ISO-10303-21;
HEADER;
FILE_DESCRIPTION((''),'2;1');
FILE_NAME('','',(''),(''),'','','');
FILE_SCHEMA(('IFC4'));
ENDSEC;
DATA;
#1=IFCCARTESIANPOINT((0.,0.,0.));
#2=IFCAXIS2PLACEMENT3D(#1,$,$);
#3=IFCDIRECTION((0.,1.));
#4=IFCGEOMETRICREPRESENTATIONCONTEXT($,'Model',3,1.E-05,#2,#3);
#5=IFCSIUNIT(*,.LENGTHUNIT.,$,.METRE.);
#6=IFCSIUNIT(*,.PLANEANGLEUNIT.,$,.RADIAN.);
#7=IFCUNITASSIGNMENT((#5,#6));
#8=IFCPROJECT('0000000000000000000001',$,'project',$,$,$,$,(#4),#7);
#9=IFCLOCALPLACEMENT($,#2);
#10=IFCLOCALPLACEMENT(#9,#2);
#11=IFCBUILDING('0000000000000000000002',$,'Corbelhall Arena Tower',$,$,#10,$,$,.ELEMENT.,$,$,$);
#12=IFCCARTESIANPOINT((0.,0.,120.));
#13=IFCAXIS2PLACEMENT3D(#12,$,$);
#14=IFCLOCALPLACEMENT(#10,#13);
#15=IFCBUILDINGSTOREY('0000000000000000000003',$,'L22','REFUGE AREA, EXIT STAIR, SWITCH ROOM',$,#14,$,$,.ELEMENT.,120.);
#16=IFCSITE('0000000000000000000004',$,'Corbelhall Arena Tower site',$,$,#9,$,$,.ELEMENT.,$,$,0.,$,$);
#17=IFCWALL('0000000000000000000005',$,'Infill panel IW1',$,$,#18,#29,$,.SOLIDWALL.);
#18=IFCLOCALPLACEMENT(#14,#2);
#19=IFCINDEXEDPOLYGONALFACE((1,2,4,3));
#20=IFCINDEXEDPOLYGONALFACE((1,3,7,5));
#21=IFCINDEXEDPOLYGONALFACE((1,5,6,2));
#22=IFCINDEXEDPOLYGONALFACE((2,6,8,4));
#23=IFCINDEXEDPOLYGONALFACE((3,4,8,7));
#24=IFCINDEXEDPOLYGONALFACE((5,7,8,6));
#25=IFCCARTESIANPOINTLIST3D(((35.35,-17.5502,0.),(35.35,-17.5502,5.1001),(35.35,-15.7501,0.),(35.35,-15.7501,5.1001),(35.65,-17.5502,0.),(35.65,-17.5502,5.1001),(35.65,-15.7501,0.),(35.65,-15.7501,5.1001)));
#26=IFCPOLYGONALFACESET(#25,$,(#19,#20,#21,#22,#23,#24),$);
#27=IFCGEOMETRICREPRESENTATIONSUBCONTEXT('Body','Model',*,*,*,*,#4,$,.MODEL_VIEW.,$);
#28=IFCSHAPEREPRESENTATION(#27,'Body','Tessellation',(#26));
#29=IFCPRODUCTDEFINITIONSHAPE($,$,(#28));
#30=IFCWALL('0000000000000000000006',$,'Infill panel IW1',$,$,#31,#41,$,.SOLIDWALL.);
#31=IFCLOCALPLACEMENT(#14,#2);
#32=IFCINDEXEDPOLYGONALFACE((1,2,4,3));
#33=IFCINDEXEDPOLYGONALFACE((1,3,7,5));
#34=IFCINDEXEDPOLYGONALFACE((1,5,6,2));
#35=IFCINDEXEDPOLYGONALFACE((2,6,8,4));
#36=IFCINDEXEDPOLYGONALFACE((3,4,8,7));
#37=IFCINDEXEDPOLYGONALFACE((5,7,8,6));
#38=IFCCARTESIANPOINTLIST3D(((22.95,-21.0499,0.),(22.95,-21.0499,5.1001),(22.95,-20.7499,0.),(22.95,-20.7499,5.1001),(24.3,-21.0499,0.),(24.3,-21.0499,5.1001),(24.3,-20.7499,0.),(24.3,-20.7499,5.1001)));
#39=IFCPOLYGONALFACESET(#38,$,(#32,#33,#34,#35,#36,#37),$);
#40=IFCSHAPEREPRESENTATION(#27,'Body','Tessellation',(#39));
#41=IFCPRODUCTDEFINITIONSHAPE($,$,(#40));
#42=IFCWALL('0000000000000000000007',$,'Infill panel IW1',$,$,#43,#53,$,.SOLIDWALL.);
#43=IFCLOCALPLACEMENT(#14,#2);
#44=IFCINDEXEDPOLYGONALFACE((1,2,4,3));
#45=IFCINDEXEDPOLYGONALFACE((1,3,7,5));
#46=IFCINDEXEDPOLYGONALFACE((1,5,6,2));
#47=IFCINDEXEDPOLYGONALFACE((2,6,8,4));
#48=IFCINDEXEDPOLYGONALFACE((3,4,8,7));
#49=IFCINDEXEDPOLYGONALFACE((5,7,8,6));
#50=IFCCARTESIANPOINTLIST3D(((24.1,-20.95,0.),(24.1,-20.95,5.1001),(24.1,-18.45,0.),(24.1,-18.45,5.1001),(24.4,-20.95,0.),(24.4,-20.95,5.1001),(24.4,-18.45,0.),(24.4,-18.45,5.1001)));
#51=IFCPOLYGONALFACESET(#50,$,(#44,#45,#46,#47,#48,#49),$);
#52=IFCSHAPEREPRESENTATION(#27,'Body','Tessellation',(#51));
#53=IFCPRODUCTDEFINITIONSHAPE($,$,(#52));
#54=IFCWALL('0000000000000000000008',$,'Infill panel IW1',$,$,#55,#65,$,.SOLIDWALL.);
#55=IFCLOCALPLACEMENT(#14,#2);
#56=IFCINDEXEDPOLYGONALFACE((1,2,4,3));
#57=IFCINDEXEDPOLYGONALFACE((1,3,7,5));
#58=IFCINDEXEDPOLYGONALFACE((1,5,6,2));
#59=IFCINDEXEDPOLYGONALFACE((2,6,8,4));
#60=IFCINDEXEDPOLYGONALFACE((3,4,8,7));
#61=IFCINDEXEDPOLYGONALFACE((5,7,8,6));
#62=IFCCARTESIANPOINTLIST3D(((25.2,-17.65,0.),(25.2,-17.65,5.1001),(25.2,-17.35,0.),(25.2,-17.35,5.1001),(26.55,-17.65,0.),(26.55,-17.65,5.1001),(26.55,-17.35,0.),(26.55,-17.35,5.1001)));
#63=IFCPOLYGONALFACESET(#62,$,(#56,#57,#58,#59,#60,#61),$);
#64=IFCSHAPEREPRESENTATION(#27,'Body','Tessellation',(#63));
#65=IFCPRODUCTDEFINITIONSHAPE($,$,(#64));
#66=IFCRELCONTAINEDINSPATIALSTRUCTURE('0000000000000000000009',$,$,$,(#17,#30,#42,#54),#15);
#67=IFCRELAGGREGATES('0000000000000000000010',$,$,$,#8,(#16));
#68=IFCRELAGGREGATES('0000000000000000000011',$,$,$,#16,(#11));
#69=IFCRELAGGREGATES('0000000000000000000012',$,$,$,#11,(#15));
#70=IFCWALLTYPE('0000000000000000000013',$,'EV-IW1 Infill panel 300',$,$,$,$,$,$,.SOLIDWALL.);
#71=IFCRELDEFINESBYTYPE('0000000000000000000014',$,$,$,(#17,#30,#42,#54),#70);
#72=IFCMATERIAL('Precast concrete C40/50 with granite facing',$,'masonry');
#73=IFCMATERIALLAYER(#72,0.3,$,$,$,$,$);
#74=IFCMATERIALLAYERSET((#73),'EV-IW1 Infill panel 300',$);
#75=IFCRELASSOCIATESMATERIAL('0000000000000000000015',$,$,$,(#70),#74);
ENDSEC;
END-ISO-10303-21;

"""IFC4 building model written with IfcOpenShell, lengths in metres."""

from ifc_helpers import new_model, si_unit, direction, frame, frame_2d, origin, place, context, subcontext, project, spatial, rectangle, extrude, material, layer, layer_set, type_object, element, save


model = new_model("IFC4")

# Units and contexts
model_context = context("Model", 3, precision=1e-05, world=origin(), true_north=direction((0.0, 1.0)))
body_context = subcontext(model_context, "Body", "Model", "MODEL_VIEW")
ifc_project = project(units=[si_unit("LENGTHUNIT", "METRE"), si_unit("PLANEANGLEUNIT", "RADIAN")], contexts=[model_context])

# Site, building, storey
site_placement = place(None, origin())
site = spatial("IfcSite", under=ifc_project, at=site_placement, Name="Corbelhall Arena Tower site", CompositionType="ELEMENT", RefElevation=0.0)
building_placement = place(site_placement, origin())
building = spatial("IfcBuilding", under=site, at=building_placement, Name="Corbelhall Arena Tower", CompositionType="ELEMENT")
storey_placement = place(building_placement, frame((0.0, 0.0, 120.0)))
storey = spatial("IfcBuildingStorey", under=building, at=storey_placement, Name="L22", Description="REFUGE AREA, EXIT STAIR, SWITCH ROOM", CompositionType="ELEMENT", Elevation=120.0)

# Walls
ifc_material_1 = material(Name="Precast concrete C40/50 with granite facing", Category="masonry")
ifc_layer = layer(ifc_material_1, 0.3)
ifc_layer_set = layer_set([ifc_layer], Name="EV-IW1 Infill panel 300")
wall_type = type_object("IfcWallType", Name="EV-IW1 Infill panel 300", PredefinedType="SOLIDWALL", material=ifc_layer_set)
wall_1_placement = place(storey_placement, frame((35.5, -17.55, 0.0), z_axis=(0.0, 0.0, 1.0), x_axis=(0.0, 1.0, 0.0)))
element("IfcWall", 1, at=wall_1_placement, inside=storey, type_object=wall_type, Name="Infill panel IW1", PredefinedType="SOLIDWALL", context=body_context, shape_type="SweptSolid", body=[
    extrude(rectangle(XDim=1.8, YDim=0.3, at=frame_2d((0.8999, 0.0))), origin(), (0.0, 0.0, 1.0), 5.1001),
])
wall_2_placement = place(storey_placement, frame((22.95, -20.8999, 0.0), z_axis=(0.0, 0.0, 1.0), x_axis=(1.0, 0.0, 0.0)))
element("IfcWall", 2, at=wall_2_placement, inside=storey, type_object=wall_type, Name="Infill panel IW1", PredefinedType="SOLIDWALL", context=body_context, shape_type="SweptSolid", body=[
    extrude(rectangle(XDim=1.3501, YDim=0.3, at=frame_2d((0.675, 0.0))), origin(), (0.0, 0.0, 1.0), 5.1001),
])
wall_3_placement = place(storey_placement, frame((24.25, -20.95, 0.0), z_axis=(0.0, 0.0, 1.0), x_axis=(0.0, 1.0, 0.0)))
element("IfcWall", 3, at=wall_3_placement, inside=storey, type_object=wall_type, Name="Infill panel IW1", PredefinedType="SOLIDWALL", context=body_context, shape_type="SweptSolid", body=[
    extrude(rectangle(XDim=2.5, YDim=0.3, at=frame_2d((1.25, 0.0))), origin(), (0.0, 0.0, 1.0), 5.1001),
])
wall_4_placement = place(storey_placement, frame((25.2, -17.5, 0.0), z_axis=(0.0, 0.0, 1.0), x_axis=(1.0, 0.0, 0.0)))
element("IfcWall", 4, at=wall_4_placement, inside=storey, type_object=wall_type, Name="Infill panel IW1", PredefinedType="SOLIDWALL", context=body_context, shape_type="SweptSolid", body=[
    extrude(rectangle(XDim=1.3501, YDim=0.3, at=frame_2d((0.675, 0.0))), origin(), (0.0, 0.0, 1.0), 5.1001),
])

save(model, "model.ifc")
